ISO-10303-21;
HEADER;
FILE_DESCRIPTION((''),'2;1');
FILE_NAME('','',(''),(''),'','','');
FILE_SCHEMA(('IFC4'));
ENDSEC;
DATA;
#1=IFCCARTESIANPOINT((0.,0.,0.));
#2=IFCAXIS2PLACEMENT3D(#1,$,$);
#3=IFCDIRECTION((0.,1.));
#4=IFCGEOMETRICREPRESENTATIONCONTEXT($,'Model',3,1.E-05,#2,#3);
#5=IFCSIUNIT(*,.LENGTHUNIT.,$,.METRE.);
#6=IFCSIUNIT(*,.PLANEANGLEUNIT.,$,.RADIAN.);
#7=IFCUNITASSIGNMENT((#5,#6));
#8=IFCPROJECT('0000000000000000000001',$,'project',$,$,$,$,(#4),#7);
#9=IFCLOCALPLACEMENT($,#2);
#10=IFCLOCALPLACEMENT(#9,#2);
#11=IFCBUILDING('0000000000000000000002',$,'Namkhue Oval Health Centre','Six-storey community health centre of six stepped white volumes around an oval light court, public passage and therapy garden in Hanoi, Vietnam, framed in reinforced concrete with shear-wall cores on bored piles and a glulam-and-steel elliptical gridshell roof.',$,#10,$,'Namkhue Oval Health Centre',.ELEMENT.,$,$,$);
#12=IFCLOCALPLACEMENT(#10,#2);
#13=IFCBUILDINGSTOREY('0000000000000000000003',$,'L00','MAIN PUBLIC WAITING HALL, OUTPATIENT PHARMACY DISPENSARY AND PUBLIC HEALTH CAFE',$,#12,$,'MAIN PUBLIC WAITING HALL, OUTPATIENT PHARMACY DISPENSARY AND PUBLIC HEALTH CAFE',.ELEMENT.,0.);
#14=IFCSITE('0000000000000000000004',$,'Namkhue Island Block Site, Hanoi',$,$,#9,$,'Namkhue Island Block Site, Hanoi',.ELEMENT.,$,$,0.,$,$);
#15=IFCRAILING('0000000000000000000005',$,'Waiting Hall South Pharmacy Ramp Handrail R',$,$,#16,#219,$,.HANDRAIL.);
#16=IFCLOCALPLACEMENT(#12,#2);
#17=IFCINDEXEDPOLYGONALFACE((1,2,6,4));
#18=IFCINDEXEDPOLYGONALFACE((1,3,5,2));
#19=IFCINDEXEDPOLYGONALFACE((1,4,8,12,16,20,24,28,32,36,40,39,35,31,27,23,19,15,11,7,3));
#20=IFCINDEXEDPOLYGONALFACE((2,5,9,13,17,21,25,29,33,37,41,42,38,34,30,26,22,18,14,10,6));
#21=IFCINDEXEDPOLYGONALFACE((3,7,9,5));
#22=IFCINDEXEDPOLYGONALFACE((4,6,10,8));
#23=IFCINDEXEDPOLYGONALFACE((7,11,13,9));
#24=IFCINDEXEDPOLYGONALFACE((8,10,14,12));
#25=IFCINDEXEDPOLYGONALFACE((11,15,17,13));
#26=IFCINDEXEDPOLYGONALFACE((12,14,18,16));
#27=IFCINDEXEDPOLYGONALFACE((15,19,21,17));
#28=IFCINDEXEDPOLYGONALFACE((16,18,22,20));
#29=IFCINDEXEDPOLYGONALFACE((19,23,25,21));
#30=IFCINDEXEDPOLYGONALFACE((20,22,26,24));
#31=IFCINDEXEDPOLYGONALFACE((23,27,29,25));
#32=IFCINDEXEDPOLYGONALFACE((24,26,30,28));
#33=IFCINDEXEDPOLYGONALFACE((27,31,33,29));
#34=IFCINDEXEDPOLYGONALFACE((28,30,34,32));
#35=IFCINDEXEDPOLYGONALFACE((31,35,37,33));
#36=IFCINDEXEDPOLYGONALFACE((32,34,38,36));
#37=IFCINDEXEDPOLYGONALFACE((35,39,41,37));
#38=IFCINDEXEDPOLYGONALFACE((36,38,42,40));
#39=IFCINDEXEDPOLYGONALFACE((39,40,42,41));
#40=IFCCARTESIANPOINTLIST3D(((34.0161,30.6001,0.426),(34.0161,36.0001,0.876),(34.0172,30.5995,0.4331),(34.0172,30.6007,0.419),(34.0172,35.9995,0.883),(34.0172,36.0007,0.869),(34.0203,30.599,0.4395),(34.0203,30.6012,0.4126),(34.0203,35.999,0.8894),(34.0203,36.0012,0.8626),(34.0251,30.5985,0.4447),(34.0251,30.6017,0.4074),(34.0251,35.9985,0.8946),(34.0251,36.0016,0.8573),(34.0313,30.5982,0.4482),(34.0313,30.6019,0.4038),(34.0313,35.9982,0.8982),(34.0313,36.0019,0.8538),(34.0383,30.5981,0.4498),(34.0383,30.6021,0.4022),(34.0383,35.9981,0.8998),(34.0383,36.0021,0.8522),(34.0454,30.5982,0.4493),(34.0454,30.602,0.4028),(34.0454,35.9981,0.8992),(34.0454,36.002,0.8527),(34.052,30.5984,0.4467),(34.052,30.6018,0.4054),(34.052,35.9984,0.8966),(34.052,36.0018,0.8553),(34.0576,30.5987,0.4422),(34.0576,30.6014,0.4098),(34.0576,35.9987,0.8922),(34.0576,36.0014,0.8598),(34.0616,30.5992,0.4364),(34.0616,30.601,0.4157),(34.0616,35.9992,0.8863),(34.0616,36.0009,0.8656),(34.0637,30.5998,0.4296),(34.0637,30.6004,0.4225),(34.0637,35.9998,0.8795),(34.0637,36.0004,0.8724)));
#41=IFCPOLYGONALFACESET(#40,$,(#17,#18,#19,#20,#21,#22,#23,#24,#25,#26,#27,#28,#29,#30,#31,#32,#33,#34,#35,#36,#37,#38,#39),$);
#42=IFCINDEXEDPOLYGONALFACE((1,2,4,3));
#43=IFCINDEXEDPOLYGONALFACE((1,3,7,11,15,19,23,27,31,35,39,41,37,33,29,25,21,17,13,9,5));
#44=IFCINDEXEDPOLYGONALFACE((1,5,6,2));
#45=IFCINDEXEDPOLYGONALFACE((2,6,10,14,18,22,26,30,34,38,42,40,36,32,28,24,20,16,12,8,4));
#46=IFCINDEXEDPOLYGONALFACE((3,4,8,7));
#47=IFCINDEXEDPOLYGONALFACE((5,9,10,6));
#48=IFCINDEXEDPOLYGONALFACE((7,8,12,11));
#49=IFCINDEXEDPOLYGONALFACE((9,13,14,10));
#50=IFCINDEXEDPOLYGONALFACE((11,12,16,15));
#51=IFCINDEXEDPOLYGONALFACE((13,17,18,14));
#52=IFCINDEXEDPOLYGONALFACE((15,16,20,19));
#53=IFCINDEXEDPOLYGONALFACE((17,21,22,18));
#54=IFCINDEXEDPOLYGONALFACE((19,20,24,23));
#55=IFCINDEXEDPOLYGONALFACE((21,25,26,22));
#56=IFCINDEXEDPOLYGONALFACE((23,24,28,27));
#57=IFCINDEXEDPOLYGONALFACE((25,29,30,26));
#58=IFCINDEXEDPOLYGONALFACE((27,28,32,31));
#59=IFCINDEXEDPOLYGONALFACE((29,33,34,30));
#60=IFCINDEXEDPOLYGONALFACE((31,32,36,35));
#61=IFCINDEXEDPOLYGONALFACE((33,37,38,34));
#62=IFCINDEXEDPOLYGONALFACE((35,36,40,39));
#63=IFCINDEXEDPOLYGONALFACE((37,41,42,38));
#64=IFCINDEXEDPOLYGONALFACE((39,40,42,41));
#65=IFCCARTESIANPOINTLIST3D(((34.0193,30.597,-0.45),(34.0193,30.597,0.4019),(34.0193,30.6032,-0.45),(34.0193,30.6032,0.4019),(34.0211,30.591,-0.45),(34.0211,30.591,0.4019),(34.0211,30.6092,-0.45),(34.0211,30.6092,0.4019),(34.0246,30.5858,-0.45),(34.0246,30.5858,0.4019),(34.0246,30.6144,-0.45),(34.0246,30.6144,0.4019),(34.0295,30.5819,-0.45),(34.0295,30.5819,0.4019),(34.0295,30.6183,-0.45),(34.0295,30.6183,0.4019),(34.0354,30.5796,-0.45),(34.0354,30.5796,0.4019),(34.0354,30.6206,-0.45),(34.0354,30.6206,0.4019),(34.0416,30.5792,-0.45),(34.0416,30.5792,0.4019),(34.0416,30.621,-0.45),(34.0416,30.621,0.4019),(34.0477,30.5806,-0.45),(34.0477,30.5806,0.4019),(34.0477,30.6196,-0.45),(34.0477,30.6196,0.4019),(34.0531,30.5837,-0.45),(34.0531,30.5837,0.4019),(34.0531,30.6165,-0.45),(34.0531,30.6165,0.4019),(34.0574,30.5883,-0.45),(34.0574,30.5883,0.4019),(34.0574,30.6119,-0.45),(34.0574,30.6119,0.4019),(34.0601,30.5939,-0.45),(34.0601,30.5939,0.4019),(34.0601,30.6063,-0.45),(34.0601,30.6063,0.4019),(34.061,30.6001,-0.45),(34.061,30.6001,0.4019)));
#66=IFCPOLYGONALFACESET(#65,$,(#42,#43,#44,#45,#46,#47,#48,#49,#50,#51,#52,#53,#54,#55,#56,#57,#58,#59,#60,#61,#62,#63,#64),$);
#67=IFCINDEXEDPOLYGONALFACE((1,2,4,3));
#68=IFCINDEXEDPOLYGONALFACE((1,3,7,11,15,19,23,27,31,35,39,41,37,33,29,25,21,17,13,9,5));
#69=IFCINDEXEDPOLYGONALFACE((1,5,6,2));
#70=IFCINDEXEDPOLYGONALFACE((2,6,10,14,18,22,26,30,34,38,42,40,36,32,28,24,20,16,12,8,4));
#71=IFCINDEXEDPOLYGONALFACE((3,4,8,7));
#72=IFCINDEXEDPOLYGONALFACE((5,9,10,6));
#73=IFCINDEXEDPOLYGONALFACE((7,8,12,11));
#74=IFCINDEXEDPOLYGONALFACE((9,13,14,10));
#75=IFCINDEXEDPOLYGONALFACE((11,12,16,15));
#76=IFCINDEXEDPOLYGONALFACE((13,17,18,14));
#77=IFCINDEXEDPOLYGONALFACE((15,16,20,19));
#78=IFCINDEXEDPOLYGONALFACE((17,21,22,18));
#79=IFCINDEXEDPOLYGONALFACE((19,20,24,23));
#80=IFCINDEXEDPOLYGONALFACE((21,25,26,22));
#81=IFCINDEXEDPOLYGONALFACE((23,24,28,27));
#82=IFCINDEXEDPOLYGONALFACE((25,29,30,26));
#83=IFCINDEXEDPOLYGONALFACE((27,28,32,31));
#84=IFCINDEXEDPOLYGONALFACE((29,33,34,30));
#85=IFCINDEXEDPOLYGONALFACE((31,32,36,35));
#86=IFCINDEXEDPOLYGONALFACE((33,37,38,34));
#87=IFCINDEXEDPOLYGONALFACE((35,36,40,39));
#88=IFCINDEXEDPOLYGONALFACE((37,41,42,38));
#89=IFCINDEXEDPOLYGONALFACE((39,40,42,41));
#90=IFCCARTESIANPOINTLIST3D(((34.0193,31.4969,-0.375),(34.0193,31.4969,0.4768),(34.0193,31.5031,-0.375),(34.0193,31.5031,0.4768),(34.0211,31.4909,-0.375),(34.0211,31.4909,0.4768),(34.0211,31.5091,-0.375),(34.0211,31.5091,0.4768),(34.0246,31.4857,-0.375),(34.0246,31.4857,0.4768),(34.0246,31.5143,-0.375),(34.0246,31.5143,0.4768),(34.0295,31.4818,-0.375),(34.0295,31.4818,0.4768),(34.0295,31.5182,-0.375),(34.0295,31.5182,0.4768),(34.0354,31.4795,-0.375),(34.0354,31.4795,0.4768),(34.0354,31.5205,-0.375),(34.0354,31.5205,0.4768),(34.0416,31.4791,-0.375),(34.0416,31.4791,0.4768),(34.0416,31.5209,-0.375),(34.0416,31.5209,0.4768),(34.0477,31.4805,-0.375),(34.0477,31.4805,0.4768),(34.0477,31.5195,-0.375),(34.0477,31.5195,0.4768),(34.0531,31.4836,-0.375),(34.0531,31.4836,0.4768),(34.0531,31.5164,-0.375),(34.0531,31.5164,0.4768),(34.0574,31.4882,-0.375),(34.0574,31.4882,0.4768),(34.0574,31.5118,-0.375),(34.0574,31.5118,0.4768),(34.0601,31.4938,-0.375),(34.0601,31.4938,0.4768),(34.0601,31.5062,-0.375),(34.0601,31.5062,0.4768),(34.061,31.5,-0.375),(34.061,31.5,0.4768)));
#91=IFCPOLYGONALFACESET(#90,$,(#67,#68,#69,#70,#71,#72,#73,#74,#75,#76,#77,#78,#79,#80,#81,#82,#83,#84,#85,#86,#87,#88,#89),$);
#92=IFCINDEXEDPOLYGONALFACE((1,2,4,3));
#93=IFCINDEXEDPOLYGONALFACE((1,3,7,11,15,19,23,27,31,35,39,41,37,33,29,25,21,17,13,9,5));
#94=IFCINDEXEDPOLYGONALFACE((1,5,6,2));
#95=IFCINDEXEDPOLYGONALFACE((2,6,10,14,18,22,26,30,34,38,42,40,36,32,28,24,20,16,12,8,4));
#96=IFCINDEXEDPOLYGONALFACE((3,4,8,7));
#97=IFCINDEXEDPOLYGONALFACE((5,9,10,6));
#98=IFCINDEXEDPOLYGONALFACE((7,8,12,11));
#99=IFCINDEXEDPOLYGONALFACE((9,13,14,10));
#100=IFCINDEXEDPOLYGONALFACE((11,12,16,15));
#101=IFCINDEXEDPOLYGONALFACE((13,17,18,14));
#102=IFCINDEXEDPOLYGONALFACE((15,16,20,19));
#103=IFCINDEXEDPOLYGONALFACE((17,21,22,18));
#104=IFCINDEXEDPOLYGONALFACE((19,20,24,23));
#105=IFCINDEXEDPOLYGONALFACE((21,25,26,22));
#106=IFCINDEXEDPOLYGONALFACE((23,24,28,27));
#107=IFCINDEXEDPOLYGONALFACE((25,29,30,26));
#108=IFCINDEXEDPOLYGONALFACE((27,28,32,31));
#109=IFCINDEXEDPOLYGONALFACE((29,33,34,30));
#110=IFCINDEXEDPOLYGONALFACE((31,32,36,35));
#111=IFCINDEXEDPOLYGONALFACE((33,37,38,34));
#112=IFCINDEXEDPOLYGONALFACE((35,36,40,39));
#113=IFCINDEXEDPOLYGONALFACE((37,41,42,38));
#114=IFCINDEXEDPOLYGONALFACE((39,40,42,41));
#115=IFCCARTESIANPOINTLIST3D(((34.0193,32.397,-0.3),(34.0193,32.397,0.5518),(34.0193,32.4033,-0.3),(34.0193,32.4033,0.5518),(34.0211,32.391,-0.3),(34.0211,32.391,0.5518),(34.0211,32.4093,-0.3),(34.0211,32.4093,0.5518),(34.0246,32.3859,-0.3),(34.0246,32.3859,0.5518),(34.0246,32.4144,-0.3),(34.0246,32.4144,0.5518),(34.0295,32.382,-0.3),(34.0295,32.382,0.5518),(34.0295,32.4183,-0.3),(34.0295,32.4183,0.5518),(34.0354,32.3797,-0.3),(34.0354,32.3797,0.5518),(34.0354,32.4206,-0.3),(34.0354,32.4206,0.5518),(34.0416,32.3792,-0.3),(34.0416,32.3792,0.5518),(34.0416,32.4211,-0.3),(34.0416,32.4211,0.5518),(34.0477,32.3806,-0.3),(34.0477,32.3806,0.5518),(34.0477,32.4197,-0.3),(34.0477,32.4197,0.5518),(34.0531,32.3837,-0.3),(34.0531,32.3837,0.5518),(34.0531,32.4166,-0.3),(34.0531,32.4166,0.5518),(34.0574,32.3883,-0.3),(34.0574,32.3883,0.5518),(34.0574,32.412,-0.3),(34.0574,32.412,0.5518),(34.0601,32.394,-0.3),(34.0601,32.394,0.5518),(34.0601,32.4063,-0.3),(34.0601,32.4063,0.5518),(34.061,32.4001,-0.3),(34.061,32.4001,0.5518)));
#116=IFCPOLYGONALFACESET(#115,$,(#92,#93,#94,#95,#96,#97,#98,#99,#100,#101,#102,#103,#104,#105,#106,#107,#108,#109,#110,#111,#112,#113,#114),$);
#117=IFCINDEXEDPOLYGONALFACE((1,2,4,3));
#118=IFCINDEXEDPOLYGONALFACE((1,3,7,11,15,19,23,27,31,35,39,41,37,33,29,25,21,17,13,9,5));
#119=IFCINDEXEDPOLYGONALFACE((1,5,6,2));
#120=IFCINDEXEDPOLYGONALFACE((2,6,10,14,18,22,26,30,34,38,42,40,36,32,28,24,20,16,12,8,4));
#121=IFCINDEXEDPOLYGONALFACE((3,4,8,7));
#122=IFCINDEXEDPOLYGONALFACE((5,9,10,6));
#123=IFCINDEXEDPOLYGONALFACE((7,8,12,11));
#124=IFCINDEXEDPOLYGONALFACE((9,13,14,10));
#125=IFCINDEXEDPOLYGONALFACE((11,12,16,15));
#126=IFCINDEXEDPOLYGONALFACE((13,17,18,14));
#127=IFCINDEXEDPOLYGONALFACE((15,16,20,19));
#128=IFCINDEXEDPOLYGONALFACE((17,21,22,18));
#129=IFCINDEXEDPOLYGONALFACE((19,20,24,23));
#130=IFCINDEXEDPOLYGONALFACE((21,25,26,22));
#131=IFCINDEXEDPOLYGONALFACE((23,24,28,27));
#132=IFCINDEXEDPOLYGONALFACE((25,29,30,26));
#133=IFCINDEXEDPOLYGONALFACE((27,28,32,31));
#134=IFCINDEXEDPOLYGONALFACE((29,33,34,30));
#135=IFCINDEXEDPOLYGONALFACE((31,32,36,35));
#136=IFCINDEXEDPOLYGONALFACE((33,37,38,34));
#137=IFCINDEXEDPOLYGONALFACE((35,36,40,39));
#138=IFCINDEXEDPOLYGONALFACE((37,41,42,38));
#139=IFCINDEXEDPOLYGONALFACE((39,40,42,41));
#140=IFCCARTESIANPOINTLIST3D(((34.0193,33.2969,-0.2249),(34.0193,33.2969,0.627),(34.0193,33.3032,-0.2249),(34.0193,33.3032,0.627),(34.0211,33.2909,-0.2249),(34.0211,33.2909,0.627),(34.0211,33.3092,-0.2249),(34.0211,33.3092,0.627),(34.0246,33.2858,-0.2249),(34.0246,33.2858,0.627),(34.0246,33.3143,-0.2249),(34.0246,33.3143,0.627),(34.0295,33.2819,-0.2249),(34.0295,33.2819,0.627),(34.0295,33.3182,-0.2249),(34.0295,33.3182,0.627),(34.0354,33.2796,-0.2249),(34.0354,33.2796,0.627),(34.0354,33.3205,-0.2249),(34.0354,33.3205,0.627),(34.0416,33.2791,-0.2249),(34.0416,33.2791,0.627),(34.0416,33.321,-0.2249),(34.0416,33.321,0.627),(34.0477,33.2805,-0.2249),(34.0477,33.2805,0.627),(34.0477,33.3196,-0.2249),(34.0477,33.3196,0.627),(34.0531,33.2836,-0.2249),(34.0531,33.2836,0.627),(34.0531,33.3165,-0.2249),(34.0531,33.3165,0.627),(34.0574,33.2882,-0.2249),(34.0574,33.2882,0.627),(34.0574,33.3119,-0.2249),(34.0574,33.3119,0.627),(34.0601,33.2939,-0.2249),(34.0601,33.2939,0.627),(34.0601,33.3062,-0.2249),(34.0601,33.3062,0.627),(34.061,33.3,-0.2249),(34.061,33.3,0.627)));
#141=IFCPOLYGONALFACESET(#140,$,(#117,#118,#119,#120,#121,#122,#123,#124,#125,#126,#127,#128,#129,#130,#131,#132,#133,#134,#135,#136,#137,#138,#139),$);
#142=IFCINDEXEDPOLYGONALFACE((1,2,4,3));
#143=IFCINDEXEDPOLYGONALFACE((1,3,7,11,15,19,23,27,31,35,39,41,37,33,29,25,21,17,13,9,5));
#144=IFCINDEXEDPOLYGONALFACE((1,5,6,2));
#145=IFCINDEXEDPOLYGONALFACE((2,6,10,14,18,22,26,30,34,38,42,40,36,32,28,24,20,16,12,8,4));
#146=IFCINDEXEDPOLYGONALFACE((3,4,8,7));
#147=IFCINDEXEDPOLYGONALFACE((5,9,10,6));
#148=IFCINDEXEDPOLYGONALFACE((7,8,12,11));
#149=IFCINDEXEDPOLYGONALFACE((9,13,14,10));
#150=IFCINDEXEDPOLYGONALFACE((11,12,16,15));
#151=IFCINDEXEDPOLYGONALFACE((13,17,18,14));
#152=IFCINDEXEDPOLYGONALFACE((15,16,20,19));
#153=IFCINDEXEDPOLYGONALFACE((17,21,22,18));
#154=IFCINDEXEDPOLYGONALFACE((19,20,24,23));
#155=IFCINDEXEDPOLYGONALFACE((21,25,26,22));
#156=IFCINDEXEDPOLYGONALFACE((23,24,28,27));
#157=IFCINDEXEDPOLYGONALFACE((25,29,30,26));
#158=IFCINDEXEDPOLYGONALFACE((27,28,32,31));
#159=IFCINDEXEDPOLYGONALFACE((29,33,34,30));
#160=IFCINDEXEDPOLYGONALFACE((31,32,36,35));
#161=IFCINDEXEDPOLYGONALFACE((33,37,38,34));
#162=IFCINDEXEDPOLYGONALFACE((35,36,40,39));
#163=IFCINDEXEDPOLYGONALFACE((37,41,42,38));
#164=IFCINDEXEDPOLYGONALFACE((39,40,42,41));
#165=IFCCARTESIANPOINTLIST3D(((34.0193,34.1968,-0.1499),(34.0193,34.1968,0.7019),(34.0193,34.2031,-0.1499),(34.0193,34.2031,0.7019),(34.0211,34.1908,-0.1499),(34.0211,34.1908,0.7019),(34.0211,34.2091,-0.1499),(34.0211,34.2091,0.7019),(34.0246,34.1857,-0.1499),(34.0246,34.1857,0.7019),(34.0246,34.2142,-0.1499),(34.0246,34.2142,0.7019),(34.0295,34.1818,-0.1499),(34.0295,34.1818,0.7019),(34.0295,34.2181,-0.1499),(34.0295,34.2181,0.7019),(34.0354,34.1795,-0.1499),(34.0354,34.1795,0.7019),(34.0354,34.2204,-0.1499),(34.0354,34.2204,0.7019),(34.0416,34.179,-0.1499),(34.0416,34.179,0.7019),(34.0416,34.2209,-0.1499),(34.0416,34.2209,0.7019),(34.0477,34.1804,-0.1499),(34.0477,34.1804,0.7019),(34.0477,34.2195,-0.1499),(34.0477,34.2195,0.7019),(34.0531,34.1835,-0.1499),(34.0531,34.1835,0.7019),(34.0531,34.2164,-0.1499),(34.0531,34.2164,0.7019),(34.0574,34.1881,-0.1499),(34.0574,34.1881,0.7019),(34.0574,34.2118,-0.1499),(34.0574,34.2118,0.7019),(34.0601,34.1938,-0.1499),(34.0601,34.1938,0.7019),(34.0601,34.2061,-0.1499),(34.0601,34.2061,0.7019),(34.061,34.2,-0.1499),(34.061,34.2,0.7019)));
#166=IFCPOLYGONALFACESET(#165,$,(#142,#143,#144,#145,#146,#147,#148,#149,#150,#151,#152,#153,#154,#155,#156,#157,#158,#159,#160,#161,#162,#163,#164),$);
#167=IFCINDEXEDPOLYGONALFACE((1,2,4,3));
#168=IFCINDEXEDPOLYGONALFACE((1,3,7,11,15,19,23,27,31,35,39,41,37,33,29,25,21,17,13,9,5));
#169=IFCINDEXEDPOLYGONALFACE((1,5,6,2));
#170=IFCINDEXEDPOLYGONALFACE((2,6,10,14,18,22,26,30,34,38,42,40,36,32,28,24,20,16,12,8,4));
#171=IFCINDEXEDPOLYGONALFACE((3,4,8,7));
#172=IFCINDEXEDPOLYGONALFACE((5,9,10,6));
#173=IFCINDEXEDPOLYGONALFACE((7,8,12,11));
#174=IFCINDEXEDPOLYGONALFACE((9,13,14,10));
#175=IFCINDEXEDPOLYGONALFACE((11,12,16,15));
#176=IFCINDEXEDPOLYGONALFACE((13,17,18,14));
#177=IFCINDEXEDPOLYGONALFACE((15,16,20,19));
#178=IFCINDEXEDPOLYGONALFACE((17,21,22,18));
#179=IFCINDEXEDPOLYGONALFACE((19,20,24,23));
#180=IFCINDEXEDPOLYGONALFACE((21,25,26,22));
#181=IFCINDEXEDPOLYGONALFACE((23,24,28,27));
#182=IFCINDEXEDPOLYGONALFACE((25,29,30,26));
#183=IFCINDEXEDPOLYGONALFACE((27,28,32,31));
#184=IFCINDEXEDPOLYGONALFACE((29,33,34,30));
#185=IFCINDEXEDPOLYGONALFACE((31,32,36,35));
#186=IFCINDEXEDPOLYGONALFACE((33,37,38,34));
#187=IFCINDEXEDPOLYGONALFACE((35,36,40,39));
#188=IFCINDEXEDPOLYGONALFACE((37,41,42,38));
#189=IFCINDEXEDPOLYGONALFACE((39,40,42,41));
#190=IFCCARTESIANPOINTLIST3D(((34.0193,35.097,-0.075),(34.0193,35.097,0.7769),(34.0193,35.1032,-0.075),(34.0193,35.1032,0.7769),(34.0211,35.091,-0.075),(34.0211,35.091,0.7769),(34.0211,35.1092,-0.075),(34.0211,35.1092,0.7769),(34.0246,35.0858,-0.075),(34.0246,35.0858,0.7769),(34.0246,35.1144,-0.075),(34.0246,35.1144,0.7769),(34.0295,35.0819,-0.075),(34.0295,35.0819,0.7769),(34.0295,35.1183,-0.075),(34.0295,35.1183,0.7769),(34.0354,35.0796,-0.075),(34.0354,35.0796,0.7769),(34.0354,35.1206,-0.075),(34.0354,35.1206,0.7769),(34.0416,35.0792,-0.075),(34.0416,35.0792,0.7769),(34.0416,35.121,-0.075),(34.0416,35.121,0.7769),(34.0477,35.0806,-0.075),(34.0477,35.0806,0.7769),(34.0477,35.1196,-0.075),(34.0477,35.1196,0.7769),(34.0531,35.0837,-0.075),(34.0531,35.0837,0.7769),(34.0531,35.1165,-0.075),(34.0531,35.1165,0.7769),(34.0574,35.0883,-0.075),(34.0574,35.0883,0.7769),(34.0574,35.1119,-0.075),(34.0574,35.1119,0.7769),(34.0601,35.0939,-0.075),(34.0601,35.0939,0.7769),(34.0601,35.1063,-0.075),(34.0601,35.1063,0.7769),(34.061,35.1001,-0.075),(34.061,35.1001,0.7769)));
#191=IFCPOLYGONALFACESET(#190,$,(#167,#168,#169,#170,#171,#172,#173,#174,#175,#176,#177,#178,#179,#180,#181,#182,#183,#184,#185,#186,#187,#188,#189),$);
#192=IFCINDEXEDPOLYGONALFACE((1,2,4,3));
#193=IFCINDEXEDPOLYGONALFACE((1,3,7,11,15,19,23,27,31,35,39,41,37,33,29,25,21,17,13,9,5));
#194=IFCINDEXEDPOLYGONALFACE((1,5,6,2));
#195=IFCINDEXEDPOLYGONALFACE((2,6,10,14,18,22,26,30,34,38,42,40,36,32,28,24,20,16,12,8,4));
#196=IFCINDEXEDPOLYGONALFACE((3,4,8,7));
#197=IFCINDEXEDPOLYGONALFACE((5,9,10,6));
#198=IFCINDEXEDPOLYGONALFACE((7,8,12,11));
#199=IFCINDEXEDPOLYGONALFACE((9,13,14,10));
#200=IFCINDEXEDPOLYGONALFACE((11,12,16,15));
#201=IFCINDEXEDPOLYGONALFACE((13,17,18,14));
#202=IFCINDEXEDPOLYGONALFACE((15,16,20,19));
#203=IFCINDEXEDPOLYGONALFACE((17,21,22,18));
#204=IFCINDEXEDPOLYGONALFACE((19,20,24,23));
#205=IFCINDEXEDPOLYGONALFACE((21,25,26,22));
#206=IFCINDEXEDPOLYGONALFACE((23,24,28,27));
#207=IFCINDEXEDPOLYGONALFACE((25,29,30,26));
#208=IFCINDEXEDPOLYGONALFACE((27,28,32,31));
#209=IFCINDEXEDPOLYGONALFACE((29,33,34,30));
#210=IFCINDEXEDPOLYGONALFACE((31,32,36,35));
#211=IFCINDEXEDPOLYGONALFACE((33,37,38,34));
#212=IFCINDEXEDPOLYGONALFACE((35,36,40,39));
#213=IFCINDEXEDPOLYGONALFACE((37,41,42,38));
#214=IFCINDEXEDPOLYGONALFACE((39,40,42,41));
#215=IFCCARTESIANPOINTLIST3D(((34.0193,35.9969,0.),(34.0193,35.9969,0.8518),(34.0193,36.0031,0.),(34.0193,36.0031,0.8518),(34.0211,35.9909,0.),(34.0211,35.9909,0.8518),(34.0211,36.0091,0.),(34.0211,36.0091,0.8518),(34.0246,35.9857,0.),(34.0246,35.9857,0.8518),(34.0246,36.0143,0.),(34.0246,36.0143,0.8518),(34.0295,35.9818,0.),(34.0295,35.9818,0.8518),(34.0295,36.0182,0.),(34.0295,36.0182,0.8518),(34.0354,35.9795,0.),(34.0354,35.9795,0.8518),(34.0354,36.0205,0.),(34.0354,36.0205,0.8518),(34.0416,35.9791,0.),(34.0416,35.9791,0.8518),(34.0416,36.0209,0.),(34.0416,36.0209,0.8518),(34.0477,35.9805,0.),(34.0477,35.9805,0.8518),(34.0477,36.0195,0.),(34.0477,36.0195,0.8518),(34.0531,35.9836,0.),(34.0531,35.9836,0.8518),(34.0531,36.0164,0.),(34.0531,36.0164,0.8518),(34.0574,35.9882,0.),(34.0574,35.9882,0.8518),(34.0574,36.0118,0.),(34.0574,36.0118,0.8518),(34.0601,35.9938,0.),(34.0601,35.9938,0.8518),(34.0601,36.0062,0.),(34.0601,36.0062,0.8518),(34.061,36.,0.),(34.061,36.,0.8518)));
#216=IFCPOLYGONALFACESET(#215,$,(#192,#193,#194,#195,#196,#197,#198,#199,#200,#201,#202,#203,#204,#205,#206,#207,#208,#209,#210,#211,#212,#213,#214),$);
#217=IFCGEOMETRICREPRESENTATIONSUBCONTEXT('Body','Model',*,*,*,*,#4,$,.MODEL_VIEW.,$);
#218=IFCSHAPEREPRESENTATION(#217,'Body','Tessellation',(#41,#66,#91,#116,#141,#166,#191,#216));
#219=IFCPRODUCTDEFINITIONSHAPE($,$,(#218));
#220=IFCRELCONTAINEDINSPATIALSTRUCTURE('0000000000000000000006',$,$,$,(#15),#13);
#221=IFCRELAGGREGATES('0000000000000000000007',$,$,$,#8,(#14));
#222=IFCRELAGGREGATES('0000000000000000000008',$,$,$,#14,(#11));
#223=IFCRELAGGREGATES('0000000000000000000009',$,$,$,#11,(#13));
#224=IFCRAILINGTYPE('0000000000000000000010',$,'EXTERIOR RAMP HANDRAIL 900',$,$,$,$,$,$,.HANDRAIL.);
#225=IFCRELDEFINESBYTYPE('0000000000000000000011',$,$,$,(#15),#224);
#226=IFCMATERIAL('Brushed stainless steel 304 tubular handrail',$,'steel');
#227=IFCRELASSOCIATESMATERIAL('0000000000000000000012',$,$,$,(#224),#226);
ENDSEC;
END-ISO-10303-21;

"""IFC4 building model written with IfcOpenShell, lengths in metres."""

from ifc_helpers import new_model, si_unit, direction, frame, origin, origin_2d, place, context, subcontext, project, spatial, circle, extrude, material, type_object, element, save


model = new_model("IFC4")

# Units and contexts
model_context = context("Model", 3, precision=1e-05, world=origin(), true_north=direction((0.0, 1.0)))
body_context = subcontext(model_context, "Body", "Model", "MODEL_VIEW")
ifc_project = project(units=[si_unit("LENGTHUNIT", "METRE"), si_unit("PLANEANGLEUNIT", "RADIAN")], contexts=[model_context])

# Site, building, storey
site_placement = place(None, origin())
site = spatial("IfcSite", under=ifc_project, at=site_placement, Name="Namkhue Island Block Site, Hanoi", LongName="Namkhue Island Block Site, Hanoi", CompositionType="ELEMENT", RefElevation=0.0)
building_placement = place(site_placement, origin())
building = spatial("IfcBuilding", under=site, at=building_placement, Name="Namkhue Oval Health Centre", Description="Six-storey community health centre of six stepped white volumes around an oval light court, public passage and therapy garden in Hanoi, Vietnam, framed in reinforced concrete with shear-wall cores on bored piles and a glulam-and-steel elliptical gridshell roof.", LongName="Namkhue Oval Health Centre", CompositionType="ELEMENT")
storey_placement = place(building_placement, origin())
storey = spatial("IfcBuildingStorey", under=building, at=storey_placement, Name="L00", Description="MAIN PUBLIC WAITING HALL, OUTPATIENT PHARMACY DISPENSARY AND PUBLIC HEALTH CAFE", LongName="MAIN PUBLIC WAITING HALL, OUTPATIENT PHARMACY DISPENSARY AND PUBLIC HEALTH CAFE", CompositionType="ELEMENT", Elevation=0.0)

# Railing
ifc_material_1 = material(Name="Brushed stainless steel 304 tubular handrail", Category="steel")
railing_type = type_object("IfcRailingType", Name="EXTERIOR RAMP HANDRAIL 900", PredefinedType="HANDRAIL", material=ifc_material_1)
for number, where, name in (
    (1, (34.04, 30.6001, -0.45), "Waiting Hall South Pharmacy Ramp Handrail R"),
):
    element("IfcRailing", number, at=place(storey_placement, frame(where)), inside=storey, type_object=railing_type, Name=name, PredefinedType="HANDRAIL", context=body_context, shape_type="SweptSolid", body=[
        extrude(circle(Radius=0.0239, at=origin_2d()), frame((0.0, 0.0, 0.876), z_axis=(0.0, 0.996546, 0.083038), x_axis=(-1.0, 0.0, 0.0)), (0.0, 0.0, 1.0), 5.4187),
        extrude(circle(Radius=0.021, at=origin_2d()), origin(), (0.0, 0.0, 1.0), 0.8518),
        extrude(circle(Radius=0.021, at=origin_2d()), frame((0.0, 0.8999, 0.075)), (0.0, 0.0, 1.0), 0.8518),
        extrude(circle(Radius=0.021, at=origin_2d()), frame((0.0, 1.8, 0.1499)), (0.0, 0.0, 1.0), 0.8518),
        extrude(circle(Radius=0.021, at=origin_2d()), frame((0.0, 2.7, 0.2251)), (0.0, 0.0, 1.0), 0.8518),
        extrude(circle(Radius=0.021, at=origin_2d()), frame((0.0, 3.5999, 0.3)), (0.0, 0.0, 1.0), 0.8518),
        extrude(circle(Radius=0.021, at=origin_2d()), frame((0.0, 4.5, 0.375)), (0.0, 0.0, 1.0), 0.8518),
        extrude(circle(Radius=0.021, at=origin_2d()), frame((0.0, 5.3999, 0.45)), (0.0, 0.0, 1.0), 0.8518),
    ])

save(model, "model.ifc")
